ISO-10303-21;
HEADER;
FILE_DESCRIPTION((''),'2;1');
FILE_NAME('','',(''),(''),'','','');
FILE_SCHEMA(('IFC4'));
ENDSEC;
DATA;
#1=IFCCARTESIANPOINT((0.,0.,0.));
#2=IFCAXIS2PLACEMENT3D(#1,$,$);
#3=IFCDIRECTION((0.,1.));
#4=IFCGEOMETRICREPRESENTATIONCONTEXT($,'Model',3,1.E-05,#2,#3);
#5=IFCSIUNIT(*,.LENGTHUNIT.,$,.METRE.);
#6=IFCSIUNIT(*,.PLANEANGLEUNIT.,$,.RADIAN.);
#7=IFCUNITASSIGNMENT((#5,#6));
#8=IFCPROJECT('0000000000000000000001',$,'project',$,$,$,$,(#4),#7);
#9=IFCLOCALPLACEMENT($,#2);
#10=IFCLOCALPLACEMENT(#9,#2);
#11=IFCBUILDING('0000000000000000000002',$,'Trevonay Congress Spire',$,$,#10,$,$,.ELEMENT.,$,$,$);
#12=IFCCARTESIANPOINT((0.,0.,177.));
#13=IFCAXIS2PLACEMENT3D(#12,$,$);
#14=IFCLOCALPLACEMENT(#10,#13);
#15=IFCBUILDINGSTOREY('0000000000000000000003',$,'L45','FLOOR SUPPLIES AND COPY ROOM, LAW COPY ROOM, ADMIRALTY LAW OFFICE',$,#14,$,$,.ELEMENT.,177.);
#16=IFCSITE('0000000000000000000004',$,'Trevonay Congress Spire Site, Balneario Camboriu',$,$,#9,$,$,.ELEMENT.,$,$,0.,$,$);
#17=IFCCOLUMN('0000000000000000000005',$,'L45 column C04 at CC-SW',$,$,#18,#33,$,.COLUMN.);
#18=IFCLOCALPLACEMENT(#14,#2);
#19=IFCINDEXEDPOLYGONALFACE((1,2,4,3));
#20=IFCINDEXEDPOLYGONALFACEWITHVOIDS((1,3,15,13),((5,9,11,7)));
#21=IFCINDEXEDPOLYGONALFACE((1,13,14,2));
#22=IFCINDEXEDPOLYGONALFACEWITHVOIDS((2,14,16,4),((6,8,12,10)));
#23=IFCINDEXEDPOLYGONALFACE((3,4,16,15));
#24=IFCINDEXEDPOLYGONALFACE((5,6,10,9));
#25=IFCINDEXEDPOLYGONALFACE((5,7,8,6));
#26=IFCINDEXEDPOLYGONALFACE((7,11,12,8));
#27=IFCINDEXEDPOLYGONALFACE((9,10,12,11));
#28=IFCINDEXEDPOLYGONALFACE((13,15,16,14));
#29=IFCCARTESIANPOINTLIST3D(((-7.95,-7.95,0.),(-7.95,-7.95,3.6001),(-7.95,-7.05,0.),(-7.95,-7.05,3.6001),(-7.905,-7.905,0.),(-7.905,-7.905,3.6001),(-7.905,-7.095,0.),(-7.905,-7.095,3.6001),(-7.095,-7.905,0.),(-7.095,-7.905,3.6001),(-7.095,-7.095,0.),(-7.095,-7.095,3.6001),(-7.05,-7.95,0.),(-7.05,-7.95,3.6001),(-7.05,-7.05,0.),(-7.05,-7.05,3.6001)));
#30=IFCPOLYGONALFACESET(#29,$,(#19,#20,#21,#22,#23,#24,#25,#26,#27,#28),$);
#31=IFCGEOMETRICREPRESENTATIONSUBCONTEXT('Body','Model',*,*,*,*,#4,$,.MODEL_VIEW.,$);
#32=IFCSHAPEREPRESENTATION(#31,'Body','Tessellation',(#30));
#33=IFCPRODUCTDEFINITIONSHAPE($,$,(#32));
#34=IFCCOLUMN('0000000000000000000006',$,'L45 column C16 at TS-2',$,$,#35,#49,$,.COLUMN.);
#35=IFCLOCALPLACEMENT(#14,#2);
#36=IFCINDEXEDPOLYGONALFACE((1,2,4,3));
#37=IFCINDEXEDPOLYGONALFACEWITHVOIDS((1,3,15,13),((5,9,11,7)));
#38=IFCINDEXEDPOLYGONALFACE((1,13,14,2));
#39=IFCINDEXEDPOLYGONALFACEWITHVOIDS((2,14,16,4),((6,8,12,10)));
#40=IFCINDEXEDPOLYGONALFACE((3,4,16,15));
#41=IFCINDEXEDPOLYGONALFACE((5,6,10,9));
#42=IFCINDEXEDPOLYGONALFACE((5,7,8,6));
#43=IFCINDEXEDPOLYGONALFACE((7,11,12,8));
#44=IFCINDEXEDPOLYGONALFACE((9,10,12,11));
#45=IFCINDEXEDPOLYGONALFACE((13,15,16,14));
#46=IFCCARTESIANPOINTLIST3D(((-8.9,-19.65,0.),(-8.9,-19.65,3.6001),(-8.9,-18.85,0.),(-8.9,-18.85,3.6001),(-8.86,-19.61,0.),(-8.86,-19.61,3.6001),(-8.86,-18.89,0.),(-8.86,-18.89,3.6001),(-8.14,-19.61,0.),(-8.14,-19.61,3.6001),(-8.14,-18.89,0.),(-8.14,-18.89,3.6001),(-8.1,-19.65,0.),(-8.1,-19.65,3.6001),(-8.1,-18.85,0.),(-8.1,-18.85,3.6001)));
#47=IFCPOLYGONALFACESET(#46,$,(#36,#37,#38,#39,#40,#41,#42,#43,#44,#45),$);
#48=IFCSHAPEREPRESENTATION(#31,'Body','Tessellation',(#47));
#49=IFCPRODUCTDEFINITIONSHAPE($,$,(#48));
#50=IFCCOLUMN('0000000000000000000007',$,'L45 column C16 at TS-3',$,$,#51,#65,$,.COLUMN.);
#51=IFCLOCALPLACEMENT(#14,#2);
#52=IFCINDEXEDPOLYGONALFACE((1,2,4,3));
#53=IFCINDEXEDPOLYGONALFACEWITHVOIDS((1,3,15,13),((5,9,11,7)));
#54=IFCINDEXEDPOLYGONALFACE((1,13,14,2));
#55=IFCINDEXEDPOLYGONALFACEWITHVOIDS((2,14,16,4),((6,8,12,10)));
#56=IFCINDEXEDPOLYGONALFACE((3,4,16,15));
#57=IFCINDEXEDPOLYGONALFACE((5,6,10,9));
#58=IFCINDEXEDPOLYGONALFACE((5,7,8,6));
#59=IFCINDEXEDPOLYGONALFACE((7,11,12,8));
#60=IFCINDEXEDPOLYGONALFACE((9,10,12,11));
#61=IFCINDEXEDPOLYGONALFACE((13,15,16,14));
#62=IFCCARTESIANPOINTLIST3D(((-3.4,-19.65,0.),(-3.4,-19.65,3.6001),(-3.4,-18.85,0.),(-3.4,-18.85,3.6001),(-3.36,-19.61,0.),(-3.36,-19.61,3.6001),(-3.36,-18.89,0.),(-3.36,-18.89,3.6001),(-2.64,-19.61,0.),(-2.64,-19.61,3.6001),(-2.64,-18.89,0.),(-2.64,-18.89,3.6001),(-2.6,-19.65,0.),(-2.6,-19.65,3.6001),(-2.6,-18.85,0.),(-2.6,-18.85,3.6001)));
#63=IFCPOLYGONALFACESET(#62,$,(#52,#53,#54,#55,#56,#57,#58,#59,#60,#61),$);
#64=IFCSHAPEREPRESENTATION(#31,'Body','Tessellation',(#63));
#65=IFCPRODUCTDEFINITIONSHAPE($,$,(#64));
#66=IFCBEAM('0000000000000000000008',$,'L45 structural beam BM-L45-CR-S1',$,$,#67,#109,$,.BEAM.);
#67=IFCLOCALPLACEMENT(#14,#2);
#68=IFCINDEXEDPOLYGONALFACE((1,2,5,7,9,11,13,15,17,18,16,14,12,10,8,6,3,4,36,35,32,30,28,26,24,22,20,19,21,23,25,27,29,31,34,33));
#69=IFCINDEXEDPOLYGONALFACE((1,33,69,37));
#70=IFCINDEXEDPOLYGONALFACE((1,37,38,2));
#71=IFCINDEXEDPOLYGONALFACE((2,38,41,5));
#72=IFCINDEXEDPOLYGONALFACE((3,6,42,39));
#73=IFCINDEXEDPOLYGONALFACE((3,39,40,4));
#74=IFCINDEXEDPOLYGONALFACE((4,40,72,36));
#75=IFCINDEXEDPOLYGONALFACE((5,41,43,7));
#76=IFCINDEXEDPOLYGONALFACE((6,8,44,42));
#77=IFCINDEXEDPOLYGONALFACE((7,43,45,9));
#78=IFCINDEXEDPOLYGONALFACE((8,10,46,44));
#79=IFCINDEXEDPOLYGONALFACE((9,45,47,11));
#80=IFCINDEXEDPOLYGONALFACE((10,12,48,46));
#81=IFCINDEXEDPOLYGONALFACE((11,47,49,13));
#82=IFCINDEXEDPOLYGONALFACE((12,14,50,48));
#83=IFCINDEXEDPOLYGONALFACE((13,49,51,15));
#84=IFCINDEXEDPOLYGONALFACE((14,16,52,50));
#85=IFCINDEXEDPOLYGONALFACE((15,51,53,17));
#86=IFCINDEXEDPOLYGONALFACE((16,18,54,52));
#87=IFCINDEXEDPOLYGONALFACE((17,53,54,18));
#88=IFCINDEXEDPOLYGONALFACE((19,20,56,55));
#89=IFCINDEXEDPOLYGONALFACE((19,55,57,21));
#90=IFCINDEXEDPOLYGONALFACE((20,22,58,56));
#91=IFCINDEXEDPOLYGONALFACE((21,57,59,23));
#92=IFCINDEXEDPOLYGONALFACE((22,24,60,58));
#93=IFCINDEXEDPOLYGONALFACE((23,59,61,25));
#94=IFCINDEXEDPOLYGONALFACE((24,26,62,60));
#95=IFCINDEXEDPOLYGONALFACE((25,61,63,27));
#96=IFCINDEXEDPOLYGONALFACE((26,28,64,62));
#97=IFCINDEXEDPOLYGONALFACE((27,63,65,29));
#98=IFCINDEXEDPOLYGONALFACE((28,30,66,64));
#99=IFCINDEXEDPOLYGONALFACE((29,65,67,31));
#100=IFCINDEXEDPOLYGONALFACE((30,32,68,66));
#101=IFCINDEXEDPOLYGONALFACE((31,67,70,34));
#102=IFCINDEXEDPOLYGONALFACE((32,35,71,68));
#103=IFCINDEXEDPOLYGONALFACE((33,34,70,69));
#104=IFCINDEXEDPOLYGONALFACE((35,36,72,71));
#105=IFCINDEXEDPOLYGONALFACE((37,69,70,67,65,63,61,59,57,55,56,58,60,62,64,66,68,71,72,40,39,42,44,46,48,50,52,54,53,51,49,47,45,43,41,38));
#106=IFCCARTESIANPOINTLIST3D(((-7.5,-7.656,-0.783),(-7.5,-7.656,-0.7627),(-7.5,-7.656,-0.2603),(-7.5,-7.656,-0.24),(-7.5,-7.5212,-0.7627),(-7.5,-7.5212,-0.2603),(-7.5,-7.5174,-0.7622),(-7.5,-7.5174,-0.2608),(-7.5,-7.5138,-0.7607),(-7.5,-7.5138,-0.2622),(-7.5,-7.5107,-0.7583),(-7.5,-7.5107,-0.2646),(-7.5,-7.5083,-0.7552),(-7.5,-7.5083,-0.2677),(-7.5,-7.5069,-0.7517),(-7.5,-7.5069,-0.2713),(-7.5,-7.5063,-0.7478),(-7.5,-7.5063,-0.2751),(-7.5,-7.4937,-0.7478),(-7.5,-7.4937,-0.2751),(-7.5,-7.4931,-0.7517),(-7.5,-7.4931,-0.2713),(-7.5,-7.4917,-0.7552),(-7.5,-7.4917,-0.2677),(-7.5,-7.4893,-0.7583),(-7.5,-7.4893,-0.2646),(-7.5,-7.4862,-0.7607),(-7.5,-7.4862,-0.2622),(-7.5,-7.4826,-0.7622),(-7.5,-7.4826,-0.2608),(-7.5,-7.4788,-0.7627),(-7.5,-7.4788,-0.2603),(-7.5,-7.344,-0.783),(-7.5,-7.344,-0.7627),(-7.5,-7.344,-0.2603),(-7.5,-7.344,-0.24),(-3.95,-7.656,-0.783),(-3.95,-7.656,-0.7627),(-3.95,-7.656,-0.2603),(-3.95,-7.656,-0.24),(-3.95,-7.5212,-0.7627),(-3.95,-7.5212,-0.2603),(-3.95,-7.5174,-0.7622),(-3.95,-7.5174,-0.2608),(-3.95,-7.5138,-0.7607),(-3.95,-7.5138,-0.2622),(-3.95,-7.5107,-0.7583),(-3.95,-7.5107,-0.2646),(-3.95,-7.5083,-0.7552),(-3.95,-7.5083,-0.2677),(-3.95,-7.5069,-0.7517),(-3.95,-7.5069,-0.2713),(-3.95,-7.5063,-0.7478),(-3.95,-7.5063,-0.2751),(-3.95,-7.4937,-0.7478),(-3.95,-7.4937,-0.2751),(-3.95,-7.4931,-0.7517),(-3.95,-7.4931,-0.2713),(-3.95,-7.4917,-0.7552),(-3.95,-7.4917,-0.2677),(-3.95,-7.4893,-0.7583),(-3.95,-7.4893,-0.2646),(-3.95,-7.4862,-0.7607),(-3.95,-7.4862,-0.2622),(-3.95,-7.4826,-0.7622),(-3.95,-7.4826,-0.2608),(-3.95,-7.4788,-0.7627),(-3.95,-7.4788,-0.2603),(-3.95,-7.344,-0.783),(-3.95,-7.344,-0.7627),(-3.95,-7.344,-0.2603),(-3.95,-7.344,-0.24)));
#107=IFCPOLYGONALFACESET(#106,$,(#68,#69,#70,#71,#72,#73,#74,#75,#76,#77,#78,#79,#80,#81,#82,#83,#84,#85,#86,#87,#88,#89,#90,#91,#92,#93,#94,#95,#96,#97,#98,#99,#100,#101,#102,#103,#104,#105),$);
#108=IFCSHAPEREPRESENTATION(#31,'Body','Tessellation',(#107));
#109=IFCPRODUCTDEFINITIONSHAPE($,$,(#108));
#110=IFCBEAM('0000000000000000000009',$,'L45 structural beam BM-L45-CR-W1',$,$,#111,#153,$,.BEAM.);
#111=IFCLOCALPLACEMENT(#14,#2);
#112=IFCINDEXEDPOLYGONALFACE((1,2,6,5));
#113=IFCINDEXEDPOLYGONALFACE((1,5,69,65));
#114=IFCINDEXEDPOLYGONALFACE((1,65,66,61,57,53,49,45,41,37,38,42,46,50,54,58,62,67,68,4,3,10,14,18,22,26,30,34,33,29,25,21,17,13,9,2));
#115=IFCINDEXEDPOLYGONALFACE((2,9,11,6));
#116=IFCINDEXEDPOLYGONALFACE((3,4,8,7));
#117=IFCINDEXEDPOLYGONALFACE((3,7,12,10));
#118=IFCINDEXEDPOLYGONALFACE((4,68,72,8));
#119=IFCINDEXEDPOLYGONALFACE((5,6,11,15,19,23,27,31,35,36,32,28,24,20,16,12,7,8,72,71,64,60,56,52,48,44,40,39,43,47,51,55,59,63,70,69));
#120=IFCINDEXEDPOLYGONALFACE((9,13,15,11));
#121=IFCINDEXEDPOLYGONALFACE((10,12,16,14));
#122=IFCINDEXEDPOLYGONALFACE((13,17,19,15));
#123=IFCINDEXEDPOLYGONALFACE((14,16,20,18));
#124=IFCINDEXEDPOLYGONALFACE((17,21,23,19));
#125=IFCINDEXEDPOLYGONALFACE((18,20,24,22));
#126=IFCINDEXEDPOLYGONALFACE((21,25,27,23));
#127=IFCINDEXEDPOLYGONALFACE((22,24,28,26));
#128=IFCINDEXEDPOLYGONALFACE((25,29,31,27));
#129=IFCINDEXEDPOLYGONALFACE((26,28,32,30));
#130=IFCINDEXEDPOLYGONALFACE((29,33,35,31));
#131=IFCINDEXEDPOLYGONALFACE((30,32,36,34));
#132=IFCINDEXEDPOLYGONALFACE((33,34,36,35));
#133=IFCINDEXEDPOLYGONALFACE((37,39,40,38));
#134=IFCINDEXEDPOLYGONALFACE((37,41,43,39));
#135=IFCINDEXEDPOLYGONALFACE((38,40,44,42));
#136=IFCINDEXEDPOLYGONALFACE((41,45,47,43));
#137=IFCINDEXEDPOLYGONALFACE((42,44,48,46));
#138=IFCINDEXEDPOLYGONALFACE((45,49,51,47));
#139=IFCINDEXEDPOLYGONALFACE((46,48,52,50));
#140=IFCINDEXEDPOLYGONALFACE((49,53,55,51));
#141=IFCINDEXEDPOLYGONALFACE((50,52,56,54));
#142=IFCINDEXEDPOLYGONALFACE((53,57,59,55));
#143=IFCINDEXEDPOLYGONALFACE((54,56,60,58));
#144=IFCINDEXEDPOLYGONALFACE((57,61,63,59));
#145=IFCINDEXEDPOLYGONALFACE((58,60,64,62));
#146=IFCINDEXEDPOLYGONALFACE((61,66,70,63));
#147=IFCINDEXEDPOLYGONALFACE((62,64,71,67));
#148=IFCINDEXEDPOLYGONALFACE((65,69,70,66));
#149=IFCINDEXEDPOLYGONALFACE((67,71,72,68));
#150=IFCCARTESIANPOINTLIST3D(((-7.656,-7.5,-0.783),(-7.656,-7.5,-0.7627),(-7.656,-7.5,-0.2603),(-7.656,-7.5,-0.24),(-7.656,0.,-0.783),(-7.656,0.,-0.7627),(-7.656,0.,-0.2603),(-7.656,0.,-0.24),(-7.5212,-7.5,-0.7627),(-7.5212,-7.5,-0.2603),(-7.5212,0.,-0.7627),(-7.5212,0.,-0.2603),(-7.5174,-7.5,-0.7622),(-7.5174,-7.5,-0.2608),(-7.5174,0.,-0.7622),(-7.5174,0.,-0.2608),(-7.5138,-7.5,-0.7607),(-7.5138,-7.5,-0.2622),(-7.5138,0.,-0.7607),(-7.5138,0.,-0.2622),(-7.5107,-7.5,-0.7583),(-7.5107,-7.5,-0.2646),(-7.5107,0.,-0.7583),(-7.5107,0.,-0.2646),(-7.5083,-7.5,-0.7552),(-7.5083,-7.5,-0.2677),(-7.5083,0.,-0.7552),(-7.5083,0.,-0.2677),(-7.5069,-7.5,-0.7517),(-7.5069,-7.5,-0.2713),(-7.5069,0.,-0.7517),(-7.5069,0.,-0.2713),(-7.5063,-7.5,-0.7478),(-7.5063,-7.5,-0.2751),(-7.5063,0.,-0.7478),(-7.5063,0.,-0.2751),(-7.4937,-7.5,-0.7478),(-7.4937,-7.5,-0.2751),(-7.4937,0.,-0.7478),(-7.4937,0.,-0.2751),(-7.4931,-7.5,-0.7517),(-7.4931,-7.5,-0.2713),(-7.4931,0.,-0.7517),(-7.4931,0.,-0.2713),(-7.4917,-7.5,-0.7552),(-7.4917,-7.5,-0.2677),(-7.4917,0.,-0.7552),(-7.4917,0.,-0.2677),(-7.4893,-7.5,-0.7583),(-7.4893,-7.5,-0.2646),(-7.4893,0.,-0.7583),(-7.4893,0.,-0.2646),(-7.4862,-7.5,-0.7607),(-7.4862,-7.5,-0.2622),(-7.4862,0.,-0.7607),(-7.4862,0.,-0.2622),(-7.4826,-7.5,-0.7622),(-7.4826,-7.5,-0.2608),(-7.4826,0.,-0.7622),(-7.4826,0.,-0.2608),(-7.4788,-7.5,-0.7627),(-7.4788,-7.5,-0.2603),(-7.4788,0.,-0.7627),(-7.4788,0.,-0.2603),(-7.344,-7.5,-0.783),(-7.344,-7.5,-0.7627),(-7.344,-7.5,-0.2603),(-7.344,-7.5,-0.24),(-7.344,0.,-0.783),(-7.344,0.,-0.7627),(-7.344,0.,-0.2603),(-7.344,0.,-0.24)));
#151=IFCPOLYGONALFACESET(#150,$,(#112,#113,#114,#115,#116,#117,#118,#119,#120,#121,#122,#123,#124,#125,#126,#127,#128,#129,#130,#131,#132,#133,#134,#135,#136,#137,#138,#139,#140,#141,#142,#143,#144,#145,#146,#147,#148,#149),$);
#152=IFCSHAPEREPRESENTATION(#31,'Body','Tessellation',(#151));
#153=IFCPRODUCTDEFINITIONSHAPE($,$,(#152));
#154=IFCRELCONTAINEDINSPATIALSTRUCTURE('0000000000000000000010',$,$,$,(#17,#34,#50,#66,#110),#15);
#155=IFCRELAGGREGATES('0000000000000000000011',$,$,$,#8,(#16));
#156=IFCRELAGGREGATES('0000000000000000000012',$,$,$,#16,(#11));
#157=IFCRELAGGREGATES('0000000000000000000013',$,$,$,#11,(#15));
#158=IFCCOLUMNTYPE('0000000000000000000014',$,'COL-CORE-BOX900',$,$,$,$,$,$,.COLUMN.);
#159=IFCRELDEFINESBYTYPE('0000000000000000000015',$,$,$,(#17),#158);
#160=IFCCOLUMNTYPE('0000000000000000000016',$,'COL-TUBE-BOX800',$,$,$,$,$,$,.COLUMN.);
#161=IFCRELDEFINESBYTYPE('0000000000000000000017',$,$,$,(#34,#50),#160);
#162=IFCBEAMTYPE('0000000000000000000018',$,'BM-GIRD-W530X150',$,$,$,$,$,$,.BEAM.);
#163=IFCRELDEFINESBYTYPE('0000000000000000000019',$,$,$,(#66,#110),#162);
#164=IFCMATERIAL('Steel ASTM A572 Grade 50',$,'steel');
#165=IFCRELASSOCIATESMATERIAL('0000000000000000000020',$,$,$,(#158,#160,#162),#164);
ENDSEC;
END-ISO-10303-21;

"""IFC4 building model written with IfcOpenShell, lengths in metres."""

from ifc_helpers import new_model, si_unit, direction, frame, origin, origin_2d, place, context, subcontext, project, spatial, hollow_rectangle, i_section, extrude, material, material_profile, profile_set, type_object, element, save


model = new_model("IFC4")

# Units and contexts
model_context = context("Model", 3, precision=1e-05, world=origin(), true_north=direction((0.0, 1.0)))
body_context = subcontext(model_context, "Body", "Model", "MODEL_VIEW")
ifc_project = project(units=[si_unit("LENGTHUNIT", "METRE"), si_unit("PLANEANGLEUNIT", "RADIAN")], contexts=[model_context])

# Site, building, storey
site_placement = place(None, origin())
site = spatial("IfcSite", under=ifc_project, at=site_placement, Name="Trevonay Congress Spire Site, Balneario Camboriu", CompositionType="ELEMENT", RefElevation=0.0)
building_placement = place(site_placement, origin())
building = spatial("IfcBuilding", under=site, at=building_placement, Name="Trevonay Congress Spire", CompositionType="ELEMENT")
storey_placement = place(building_placement, frame((0.0, 0.0, 177.0)))
storey = spatial("IfcBuildingStorey", under=building, at=storey_placement, Name="L45", Description="FLOOR SUPPLIES AND COPY ROOM, LAW COPY ROOM, ADMIRALTY LAW OFFICE", CompositionType="ELEMENT", Elevation=177.0)

# Columns
ifc_material_1 = material(Name="Steel ASTM A572 Grade 50", Category="steel")
ifc_material_profile_1 = material_profile(ifc_material_1, hollow_rectangle(XDim=0.8999, YDim=0.8999, WallThickness=0.0449, at=origin_2d()), Name="BOX 900x900x45")
ifc_profile_set_1 = profile_set([ifc_material_profile_1], Name="Steel ASTM A572 Grade 50")
column_type_1 = type_object("IfcColumnType", Name="COL-CORE-BOX900", PredefinedType="COLUMN", material=ifc_profile_set_1)
column_placement = place(storey_placement, frame((-7.5, -7.5, 0.0), z_axis=(0.0, 0.0, 1.0), x_axis=(1.0, 0.0, 0.0)))
element("IfcColumn", 1, at=column_placement, inside=storey, type_object=column_type_1, Name="L45 column C04 at CC-SW", PredefinedType="COLUMN", context=body_context, shape_type="SweptSolid", body=[
    extrude(hollow_rectangle(XDim=0.8999, YDim=0.8999, WallThickness=0.0449, at=origin_2d()), origin(), (0.0, 0.0, 1.0), 3.6001),
])
ifc_material_profile_2 = material_profile(ifc_material_1, hollow_rectangle(XDim=0.8, YDim=0.8, WallThickness=0.04, at=origin_2d()), Name="BOX 800x800x40")
ifc_profile_set_2 = profile_set([ifc_material_profile_2], Name="Steel ASTM A572 Grade 50")
column_type_2 = type_object("IfcColumnType", Name="COL-TUBE-BOX800", PredefinedType="COLUMN", material=ifc_profile_set_2)
for number, where, z_axis, x_axis, name in (
    (2, (-8.5, -19.25, 0.0), (0.0, 0.0, 1.0), (1.0, 0.0, 0.0), "L45 column C16 at TS-2"),
    (3, (-3.0, -19.25, 0.0), (0.0, 0.0, 1.0), (1.0, 0.0, 0.0), "L45 column C16 at TS-3"),
):
    element("IfcColumn", number, at=place(storey_placement, frame(where, z_axis=z_axis, x_axis=x_axis)), inside=storey, type_object=column_type_2, Name=name, PredefinedType="COLUMN", context=body_context, shape_type="SweptSolid", body=[
        extrude(hollow_rectangle(XDim=0.8, YDim=0.8, WallThickness=0.04, at=origin_2d()), origin(), (0.0, 0.0, 1.0), 3.6001),
    ])

# Beams
ifc_material_profile_3 = material_profile(ifc_material_1, i_section(OverallWidth=0.312, OverallDepth=0.543, WebThickness=0.0127, FlangeThickness=0.0203, FilletRadius=0.0149, at=origin_2d()), Name="W530x150")
ifc_profile_set_3 = profile_set([ifc_material_profile_3], Name="Steel ASTM A572 Grade 50")
beam_type_1 = type_object("IfcBeamType", Name="BM-GIRD-W530X150", PredefinedType="BEAM", material=ifc_profile_set_3)
beam_1_placement = place(storey_placement, frame((-7.5, -7.5, -0.5115), z_axis=(1.0, 0.0, 0.0), x_axis=(0.0, 1.0, 0.0)))
element("IfcBeam", 4, at=beam_1_placement, inside=storey, type_object=beam_type_1, Name="L45 structural beam BM-L45-CR-S1", PredefinedType="BEAM", context=body_context, shape_type="SweptSolid", body=[
    extrude(i_section(OverallWidth=0.312, OverallDepth=0.543, WebThickness=0.0127, FlangeThickness=0.0203, FilletRadius=0.0149, at=origin_2d()), origin(), (0.0, 0.0, 1.0), 3.55),
])
beam_2_placement = place(storey_placement, frame((-7.5, -7.5, -0.5115), z_axis=(0.0, 1.0, 0.0), x_axis=(-1.0, 0.0, 0.0)))
element("IfcBeam", 5, at=beam_2_placement, inside=storey, type_object=beam_type_1, Name="L45 structural beam BM-L45-CR-W1", PredefinedType="BEAM", context=body_context, shape_type="SweptSolid", body=[
    extrude(i_section(OverallWidth=0.312, OverallDepth=0.543, WebThickness=0.0127, FlangeThickness=0.0203, FilletRadius=0.0149, at=origin_2d()), origin(), (0.0, 0.0, 1.0), 7.5),
])

save(model, "model.ifc")
